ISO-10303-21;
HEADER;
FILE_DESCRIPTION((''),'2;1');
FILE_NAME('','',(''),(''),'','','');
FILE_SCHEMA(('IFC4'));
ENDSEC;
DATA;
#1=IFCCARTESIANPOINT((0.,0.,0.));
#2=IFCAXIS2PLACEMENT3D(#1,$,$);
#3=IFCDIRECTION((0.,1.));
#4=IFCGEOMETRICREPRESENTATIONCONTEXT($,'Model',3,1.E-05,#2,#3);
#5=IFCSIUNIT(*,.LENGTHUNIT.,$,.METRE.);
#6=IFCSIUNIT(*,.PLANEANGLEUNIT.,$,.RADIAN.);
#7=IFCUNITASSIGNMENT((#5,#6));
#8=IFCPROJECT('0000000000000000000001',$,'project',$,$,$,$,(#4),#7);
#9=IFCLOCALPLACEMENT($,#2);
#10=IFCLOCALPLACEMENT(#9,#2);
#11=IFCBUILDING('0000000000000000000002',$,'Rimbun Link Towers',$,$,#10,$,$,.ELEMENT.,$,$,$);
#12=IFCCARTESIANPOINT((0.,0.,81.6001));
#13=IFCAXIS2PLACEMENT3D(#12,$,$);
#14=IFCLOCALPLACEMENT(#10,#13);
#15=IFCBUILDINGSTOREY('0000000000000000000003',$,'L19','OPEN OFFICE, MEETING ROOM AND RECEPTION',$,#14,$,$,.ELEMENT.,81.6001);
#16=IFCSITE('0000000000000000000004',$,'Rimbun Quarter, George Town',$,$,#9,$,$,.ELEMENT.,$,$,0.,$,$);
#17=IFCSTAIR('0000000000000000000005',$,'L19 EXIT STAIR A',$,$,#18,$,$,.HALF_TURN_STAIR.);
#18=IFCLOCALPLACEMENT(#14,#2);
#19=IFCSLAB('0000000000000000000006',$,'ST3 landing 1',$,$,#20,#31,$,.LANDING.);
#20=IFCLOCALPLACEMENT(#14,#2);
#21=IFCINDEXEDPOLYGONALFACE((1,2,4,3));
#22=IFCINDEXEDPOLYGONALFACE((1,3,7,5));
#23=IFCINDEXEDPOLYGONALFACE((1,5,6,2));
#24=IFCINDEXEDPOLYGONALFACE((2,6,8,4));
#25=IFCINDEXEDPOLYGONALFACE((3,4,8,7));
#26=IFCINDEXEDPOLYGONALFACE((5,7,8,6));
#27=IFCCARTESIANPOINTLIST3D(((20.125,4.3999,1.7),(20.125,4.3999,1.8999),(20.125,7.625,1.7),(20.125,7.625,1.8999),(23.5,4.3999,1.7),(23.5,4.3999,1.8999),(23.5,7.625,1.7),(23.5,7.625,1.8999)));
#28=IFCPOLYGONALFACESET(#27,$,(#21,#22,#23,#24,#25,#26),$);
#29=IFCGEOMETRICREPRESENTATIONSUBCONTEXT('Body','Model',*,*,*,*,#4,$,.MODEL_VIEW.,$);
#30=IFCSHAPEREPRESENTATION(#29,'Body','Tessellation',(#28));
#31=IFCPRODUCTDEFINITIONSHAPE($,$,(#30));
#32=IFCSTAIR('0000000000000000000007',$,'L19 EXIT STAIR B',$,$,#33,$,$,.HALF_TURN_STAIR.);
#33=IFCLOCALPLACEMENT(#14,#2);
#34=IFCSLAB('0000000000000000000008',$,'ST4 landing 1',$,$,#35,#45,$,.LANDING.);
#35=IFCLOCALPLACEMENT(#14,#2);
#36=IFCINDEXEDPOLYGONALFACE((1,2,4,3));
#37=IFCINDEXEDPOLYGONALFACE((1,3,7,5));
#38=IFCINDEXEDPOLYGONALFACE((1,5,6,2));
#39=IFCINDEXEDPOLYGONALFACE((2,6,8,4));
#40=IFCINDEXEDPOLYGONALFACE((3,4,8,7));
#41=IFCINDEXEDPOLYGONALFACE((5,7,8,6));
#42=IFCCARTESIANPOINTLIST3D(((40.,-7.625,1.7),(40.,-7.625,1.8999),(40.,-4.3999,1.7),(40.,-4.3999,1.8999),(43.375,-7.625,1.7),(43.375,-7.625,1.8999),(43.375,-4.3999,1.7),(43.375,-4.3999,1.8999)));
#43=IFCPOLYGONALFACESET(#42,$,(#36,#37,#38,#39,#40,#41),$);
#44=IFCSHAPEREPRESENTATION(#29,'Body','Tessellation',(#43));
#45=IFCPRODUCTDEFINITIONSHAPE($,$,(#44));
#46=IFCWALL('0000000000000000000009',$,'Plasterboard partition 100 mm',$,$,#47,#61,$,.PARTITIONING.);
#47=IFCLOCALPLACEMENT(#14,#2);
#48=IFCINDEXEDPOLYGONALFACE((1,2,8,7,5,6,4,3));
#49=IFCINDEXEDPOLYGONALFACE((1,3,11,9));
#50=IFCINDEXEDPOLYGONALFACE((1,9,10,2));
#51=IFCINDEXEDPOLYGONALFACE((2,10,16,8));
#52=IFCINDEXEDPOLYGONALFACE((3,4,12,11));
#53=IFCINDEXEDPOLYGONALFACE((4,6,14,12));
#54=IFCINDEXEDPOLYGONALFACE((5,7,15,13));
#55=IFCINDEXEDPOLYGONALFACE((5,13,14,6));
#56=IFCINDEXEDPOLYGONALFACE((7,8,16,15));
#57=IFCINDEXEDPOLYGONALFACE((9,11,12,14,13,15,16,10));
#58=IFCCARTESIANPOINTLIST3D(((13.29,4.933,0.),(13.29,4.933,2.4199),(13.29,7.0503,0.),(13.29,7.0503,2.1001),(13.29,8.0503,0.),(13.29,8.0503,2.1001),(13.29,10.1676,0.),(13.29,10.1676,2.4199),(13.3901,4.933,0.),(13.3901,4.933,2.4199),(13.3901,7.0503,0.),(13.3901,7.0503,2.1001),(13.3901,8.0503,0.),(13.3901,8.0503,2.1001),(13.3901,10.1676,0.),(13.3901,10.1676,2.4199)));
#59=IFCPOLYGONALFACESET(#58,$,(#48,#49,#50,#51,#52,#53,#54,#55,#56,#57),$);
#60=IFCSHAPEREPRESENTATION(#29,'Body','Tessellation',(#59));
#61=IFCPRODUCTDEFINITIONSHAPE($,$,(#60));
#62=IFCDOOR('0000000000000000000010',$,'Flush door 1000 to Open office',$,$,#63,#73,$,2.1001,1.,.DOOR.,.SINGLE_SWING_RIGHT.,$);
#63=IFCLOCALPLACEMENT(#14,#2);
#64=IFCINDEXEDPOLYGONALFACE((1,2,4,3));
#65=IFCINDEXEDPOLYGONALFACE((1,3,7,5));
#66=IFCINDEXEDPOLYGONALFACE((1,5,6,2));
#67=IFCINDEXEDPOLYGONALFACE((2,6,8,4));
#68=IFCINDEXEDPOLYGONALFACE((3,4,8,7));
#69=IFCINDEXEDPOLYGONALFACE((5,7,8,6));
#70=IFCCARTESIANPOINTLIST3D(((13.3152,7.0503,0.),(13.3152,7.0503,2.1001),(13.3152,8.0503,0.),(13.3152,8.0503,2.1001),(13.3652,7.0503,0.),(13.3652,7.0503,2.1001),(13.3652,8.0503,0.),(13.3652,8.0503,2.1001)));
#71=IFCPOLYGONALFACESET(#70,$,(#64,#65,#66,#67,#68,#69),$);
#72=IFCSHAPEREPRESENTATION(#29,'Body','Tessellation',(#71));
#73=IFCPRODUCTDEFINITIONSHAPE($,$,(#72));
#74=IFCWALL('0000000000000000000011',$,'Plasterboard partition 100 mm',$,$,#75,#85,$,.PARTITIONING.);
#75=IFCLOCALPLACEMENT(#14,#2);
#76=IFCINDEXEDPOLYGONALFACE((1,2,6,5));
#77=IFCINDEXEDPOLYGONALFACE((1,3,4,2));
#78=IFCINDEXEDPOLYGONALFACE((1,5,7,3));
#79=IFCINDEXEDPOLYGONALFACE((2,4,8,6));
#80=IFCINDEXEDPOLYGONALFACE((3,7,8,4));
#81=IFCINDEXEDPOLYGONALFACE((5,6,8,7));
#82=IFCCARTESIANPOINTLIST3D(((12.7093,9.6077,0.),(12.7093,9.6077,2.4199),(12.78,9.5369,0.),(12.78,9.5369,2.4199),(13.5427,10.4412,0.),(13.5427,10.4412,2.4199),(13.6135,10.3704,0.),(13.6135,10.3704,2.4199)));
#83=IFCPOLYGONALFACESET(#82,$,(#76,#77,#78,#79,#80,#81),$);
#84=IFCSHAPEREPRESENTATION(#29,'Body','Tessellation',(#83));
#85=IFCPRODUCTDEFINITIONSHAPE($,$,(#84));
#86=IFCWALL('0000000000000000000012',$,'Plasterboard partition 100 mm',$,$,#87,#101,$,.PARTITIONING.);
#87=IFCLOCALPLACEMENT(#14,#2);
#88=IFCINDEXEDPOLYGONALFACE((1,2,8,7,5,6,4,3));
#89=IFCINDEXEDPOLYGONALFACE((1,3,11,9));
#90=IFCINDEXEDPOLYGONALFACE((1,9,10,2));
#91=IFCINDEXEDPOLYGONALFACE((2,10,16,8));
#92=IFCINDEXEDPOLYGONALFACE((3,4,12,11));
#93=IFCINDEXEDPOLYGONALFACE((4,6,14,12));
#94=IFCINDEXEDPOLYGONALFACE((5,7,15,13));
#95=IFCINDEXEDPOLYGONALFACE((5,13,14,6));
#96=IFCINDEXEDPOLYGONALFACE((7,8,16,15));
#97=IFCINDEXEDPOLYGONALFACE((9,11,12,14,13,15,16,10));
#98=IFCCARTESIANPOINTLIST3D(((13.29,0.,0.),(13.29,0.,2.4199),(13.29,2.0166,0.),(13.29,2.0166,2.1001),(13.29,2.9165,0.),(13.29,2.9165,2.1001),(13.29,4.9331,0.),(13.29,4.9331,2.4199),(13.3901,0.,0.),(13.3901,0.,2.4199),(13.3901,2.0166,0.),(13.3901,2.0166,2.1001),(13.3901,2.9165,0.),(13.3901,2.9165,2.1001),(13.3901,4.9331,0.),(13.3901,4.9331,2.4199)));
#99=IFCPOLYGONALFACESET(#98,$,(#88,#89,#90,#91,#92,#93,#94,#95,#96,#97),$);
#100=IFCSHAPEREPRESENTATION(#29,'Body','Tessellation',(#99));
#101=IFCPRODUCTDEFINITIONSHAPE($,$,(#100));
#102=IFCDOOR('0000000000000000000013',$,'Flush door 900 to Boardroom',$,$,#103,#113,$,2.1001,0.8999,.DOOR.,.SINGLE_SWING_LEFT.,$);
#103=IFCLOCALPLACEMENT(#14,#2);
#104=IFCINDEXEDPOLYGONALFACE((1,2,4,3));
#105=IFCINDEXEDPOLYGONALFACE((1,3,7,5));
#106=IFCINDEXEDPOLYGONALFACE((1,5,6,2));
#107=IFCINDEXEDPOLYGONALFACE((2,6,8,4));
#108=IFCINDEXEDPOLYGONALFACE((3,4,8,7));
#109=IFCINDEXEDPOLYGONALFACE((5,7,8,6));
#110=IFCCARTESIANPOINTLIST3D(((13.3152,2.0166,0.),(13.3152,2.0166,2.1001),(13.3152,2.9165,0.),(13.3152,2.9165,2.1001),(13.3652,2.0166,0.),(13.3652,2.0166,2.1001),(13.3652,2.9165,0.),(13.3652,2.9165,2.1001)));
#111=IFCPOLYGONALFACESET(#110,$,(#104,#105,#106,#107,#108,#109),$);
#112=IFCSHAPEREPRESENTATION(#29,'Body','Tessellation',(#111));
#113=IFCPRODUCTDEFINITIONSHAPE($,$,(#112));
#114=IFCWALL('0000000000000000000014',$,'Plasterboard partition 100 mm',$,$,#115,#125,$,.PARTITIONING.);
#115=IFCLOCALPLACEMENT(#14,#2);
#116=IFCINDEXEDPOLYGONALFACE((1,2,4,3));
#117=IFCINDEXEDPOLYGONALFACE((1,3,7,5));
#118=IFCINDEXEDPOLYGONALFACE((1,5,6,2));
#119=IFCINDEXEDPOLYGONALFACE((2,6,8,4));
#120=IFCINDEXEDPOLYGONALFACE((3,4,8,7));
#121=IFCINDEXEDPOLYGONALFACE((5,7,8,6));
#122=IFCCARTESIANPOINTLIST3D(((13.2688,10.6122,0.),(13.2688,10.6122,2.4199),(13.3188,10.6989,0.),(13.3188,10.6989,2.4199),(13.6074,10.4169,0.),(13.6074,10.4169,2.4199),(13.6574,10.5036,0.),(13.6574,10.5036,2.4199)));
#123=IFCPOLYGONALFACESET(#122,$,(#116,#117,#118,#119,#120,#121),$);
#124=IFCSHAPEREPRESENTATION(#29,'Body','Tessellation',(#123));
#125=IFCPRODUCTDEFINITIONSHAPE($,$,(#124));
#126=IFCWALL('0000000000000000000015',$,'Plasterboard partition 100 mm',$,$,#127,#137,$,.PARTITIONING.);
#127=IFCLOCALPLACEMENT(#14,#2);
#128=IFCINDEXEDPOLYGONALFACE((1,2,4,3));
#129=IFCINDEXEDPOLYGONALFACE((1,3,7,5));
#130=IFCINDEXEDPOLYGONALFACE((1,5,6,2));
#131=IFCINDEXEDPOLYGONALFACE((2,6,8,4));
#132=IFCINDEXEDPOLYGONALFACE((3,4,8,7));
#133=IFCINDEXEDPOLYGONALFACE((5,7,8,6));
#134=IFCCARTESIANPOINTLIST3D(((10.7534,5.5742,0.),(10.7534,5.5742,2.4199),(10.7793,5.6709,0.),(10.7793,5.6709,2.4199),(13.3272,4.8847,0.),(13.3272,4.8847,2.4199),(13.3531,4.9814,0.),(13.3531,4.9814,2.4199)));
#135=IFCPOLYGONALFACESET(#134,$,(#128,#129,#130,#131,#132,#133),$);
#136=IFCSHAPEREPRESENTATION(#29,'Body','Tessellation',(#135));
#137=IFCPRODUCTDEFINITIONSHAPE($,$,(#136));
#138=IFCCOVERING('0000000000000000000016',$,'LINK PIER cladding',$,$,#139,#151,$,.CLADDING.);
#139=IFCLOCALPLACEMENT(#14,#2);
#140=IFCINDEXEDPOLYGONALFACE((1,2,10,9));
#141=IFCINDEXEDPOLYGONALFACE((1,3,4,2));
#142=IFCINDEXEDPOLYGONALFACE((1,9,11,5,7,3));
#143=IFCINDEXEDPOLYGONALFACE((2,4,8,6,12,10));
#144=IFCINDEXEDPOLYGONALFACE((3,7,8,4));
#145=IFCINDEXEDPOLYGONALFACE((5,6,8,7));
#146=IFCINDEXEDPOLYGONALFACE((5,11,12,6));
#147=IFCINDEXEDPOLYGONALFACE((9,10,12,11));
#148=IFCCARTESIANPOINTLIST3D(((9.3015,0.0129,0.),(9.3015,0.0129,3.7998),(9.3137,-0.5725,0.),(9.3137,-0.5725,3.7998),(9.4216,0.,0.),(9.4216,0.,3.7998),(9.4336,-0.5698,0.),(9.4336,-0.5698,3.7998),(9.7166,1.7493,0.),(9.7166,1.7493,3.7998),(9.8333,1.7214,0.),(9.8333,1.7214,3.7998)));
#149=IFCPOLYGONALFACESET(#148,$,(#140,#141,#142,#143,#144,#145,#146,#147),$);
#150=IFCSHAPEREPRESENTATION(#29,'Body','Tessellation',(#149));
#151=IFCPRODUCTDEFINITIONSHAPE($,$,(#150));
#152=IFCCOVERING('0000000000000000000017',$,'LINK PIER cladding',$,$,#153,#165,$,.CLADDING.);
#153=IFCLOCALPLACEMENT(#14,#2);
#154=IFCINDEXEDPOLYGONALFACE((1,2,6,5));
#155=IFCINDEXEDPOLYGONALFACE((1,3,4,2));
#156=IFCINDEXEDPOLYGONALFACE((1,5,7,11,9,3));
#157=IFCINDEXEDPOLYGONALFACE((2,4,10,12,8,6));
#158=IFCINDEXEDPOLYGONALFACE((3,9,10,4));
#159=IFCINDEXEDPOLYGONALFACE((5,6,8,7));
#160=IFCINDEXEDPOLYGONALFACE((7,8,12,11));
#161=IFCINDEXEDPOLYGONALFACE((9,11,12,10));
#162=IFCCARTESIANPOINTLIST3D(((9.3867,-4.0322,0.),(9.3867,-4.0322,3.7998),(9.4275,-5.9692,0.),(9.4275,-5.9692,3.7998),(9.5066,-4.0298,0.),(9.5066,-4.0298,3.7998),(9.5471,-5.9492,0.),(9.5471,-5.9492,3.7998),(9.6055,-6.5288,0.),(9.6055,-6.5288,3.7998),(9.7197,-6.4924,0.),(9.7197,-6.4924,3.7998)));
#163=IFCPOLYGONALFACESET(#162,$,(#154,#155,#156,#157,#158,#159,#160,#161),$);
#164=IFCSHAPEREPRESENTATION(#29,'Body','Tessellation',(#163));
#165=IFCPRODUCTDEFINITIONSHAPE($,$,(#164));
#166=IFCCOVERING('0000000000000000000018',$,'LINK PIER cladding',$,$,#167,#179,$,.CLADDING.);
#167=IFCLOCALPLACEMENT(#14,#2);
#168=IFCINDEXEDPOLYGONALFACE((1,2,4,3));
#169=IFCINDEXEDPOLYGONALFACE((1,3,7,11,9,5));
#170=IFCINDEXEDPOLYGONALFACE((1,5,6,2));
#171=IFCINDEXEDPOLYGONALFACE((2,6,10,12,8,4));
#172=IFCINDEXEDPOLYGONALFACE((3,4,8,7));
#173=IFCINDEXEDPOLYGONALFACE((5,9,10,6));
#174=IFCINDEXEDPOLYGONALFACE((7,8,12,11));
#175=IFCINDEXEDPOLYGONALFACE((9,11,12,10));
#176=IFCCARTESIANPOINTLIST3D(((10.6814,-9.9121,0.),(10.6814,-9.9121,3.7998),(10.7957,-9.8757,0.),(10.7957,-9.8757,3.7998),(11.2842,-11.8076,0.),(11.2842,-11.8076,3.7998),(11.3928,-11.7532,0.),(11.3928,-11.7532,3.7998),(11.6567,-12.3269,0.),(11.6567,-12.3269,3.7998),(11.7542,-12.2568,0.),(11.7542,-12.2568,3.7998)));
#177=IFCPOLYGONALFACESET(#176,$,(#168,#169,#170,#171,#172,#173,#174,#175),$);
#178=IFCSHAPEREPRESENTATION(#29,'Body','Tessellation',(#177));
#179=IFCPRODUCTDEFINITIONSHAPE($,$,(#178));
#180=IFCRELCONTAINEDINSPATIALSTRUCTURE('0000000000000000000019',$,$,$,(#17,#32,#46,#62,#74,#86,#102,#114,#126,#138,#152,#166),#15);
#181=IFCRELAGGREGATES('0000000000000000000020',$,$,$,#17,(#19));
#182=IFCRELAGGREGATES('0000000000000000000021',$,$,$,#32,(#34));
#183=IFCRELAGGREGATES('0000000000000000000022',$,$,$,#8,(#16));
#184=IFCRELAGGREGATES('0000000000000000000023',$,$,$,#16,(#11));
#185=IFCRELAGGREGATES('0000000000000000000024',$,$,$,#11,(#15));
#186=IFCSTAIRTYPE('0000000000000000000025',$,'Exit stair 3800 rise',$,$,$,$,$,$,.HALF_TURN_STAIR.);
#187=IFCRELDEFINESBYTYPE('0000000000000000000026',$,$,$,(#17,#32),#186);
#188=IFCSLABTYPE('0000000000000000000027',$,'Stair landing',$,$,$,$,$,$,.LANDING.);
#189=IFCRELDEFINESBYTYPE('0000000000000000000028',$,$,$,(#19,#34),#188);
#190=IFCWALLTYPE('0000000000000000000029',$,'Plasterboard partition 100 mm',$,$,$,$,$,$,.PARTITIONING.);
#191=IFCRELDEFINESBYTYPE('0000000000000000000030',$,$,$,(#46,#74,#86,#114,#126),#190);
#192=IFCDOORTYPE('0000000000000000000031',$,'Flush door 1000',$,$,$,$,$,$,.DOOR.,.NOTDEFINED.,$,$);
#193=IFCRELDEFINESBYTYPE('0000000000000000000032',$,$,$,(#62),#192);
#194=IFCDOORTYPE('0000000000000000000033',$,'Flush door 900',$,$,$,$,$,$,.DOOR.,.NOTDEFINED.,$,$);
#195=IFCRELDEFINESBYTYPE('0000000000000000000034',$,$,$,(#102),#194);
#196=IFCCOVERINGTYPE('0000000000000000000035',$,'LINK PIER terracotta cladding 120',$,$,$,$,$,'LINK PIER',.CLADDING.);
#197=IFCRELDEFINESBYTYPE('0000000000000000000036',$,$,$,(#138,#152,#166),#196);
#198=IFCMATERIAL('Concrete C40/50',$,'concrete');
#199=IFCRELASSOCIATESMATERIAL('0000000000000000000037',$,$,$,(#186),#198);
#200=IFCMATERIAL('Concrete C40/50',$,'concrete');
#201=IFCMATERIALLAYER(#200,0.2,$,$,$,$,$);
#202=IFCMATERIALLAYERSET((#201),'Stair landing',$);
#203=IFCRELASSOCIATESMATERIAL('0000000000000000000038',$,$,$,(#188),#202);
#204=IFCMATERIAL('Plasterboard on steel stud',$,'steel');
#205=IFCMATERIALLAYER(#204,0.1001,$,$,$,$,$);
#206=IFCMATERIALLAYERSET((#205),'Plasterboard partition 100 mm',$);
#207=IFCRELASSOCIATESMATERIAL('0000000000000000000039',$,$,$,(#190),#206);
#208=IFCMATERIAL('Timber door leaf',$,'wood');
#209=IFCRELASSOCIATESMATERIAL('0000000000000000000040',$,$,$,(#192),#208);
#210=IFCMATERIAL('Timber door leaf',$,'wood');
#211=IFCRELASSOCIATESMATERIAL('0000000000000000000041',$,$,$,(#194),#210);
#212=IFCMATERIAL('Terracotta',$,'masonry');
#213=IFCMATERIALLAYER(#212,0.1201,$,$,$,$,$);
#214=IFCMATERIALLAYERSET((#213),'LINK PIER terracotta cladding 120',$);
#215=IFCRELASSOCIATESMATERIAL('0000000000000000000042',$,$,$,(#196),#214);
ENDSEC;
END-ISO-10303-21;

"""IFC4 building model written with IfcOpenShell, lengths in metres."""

from ifc_helpers import new_model, si_unit, direction, frame, frame_2d, origin, place, context, subcontext, project, spatial, polyline, rectangle, outline, extrude, material, layer, layer_set, type_object, element, fill, aggregate, save


model = new_model("IFC4")

# Units and contexts
model_context = context("Model", 3, precision=1e-05, world=origin(), true_north=direction((0.0, 1.0)))
body_context = subcontext(model_context, "Body", "Model", "MODEL_VIEW")
ifc_project = project(units=[si_unit("LENGTHUNIT", "METRE"), si_unit("PLANEANGLEUNIT", "RADIAN")], contexts=[model_context])

# Site, building, storey
site_placement = place(None, origin())
site = spatial("IfcSite", under=ifc_project, at=site_placement, Name="Rimbun Quarter, George Town", CompositionType="ELEMENT", RefElevation=0.0)
building_placement = place(site_placement, origin())
building = spatial("IfcBuilding", under=site, at=building_placement, Name="Rimbun Link Towers", CompositionType="ELEMENT")
storey_placement = place(building_placement, frame((0.0, 0.0, 81.6001)))
storey = spatial("IfcBuildingStorey", under=building, at=storey_placement, Name="L19", Description="OPEN OFFICE, MEETING ROOM AND RECEPTION", CompositionType="ELEMENT", Elevation=81.6001)

# Stairs, slabs
ifc_material_1 = material(Name="Concrete C40/50", Category="concrete")
stair_type = type_object("IfcStairType", Name="Exit stair 3800 rise", PredefinedType="HALF_TURN_STAIR", material=ifc_material_1)
ifc_material_2 = material(Name="Concrete C40/50", Category="concrete")
ifc_layer_1 = layer(ifc_material_2, 0.2)
ifc_layer_set_1 = layer_set([ifc_layer_1], Name="Stair landing")
slab_type = type_object("IfcSlabType", Name="Stair landing", PredefinedType="LANDING", material=ifc_layer_set_1)
stair_1_placement = place(storey_placement, origin())
stair_1 = element("IfcStair", 1, at=stair_1_placement, inside=storey, type_object=stair_type, Name="L19 EXIT STAIR A", PredefinedType="HALF_TURN_STAIR")
slab_1_placement = place(storey_placement, frame((0.0, 0.0, 1.7)))
slab_1 = element("IfcSlab", 2, at=slab_1_placement, type_object=slab_type, Name="ST3 landing 1", PredefinedType="LANDING", context=body_context, shape_type="SweptSolid", body=[
    extrude(outline(polyline([(23.5, 7.625), (20.125, 7.625), (20.125, 4.3999), (23.5, 4.3999), (23.5, 7.625)])), origin(), (0.0, 0.0, 1.0), 0.2),
])
aggregate(stair_1, [slab_1])
stair_2_placement = place(storey_placement, origin())
stair_2 = element("IfcStair", 3, at=stair_2_placement, inside=storey, type_object=stair_type, Name="L19 EXIT STAIR B", PredefinedType="HALF_TURN_STAIR")
slab_2_placement = place(storey_placement, frame((0.0, 0.0, 1.7)))
slab_2 = element("IfcSlab", 4, at=slab_2_placement, type_object=slab_type, Name="ST4 landing 1", PredefinedType="LANDING", context=body_context, shape_type="SweptSolid", body=[
    extrude(outline(polyline([(40.0, -7.625), (43.375, -7.625), (43.375, -4.3999), (40.0, -4.3999), (40.0, -7.625)])), origin(), (0.0, 0.0, 1.0), 0.2),
])
aggregate(stair_2, [slab_2])

# Wall, opening, door
ifc_material_3 = material(Name="Plasterboard on steel stud", Category="steel")
ifc_layer_2 = layer(ifc_material_3, 0.1001)
ifc_layer_set_2 = layer_set([ifc_layer_2], Name="Plasterboard partition 100 mm")
wall_type = type_object("IfcWallType", Name="Plasterboard partition 100 mm", PredefinedType="PARTITIONING", material=ifc_layer_set_2)
wall_1_placement = place(storey_placement, frame((13.3401, 4.9331, 0.0), z_axis=(0.0, 0.0, 1.0), x_axis=(0.0, 1.0, 0.0)))
wall_1 = element("IfcWall", 5, at=wall_1_placement, inside=storey, type_object=wall_type, Name="Plasterboard partition 100 mm", PredefinedType="PARTITIONING", context=body_context, shape_type="SweptSolid", body=[
    extrude(rectangle(XDim=5.2346, YDim=0.1001, at=frame_2d((2.6172, 0.0))), origin(), (0.0, 0.0, 1.0), 2.4199),
])
opening_1_placement = place(wall_1_placement, frame((2.1172, 0.0, 0.0)))
opening_1 = element("IfcOpeningElement", 6, at=opening_1_placement, cuts=wall_1, PredefinedType="OPENING", context=body_context, shape_type="SweptSolid", body=[
    extrude(rectangle(XDim=1.0, YDim=2.1001, at=frame_2d((0.5, 1.05))), frame((0.0, 0.0601, 0.0), z_axis=(0.0, -1.0, 0.0), x_axis=(1.0, 0.0, 0.0)), (0.0, 0.0, 1.0), 0.1201),
])
ifc_material_4 = material(Name="Timber door leaf", Category="wood")
door_type_1 = type_object("IfcDoorType", Name="Flush door 1000", OperationType="NOTDEFINED", PredefinedType="DOOR", material=ifc_material_4)
door_1_placement = place(opening_1_placement, origin())
door_1 = element("IfcDoor", 7, at=door_1_placement, inside=storey, type_object=door_type_1, Name="Flush door 1000 to Open office", OperationType="SINGLE_SWING_RIGHT", OverallHeight=2.1001, OverallWidth=1.0, PredefinedType="DOOR", context=body_context, shape_type="SweptSolid", body=[
    extrude(rectangle(XDim=1.0, YDim=2.1001, at=frame_2d((0.5, 1.05))), frame((0.0, 0.0249, 0.0), z_axis=(0.0, -1.0, 0.0), x_axis=(1.0, 0.0, 0.0)), (0.0, 0.0, 1.0), 0.05),
])
fill(opening_1, door_1)

# Wall
wall_2_placement = place(storey_placement, frame((13.5781, 10.4058, 0.0), z_axis=(0.0, 0.0, 1.0), x_axis=(-0.707107, -0.707107, 0.0)))
element("IfcWall", 8, at=wall_2_placement, inside=storey, type_object=wall_type, Name="Plasterboard partition 100 mm", PredefinedType="PARTITIONING", context=body_context, shape_type="SweptSolid", body=[
    extrude(rectangle(XDim=1.1787, YDim=0.1001, at=frame_2d((0.5894, 0.0))), origin(), (0.0, 0.0, 1.0), 2.4199),
])

# Wall, opening, door
wall_3_placement = place(storey_placement, frame((13.3401, 0.0, 0.0), z_axis=(0.0, 0.0, 1.0), x_axis=(0.0, 1.0, 0.0)))
wall_3 = element("IfcWall", 9, at=wall_3_placement, inside=storey, type_object=wall_type, Name="Plasterboard partition 100 mm", PredefinedType="PARTITIONING", context=body_context, shape_type="SweptSolid", body=[
    extrude(rectangle(XDim=4.9331, YDim=0.1001, at=frame_2d((2.4666, 0.0))), origin(), (0.0, 0.0, 1.0), 2.4199),
])
opening_2_placement = place(wall_3_placement, frame((2.0166, 0.0, 0.0)))
opening_2 = element("IfcOpeningElement", 10, at=opening_2_placement, cuts=wall_3, PredefinedType="OPENING", context=body_context, shape_type="SweptSolid", body=[
    extrude(rectangle(XDim=0.8999, YDim=2.1001, at=frame_2d((0.45, 1.05))), frame((0.0, 0.0601, 0.0), z_axis=(0.0, -1.0, 0.0), x_axis=(1.0, 0.0, 0.0)), (0.0, 0.0, 1.0), 0.1201),
])
ifc_material_5 = material(Name="Timber door leaf", Category="wood")
door_type_2 = type_object("IfcDoorType", Name="Flush door 900", OperationType="NOTDEFINED", PredefinedType="DOOR", material=ifc_material_5)
door_2_placement = place(opening_2_placement, origin())
door_2 = element("IfcDoor", 11, at=door_2_placement, inside=storey, type_object=door_type_2, Name="Flush door 900 to Boardroom", OperationType="SINGLE_SWING_LEFT", OverallHeight=2.1001, OverallWidth=0.8999, PredefinedType="DOOR", context=body_context, shape_type="SweptSolid", body=[
    extrude(rectangle(XDim=0.8999, YDim=2.1001, at=frame_2d((0.45, 1.05))), frame((0.0, 0.0249, 0.0), z_axis=(0.0, -1.0, 0.0), x_axis=(1.0, 0.0, 0.0)), (0.0, 0.0, 1.0), 0.05),
])
fill(opening_2, door_2)

# Walls
wall_4_placement = place(storey_placement, frame((13.2939, 10.6555, 0.0), z_axis=(0.0, 0.0, 1.0), x_axis=(0.866238, -0.499632, 0.0)))
element("IfcWall", 12, at=wall_4_placement, inside=storey, type_object=wall_type, Name="Plasterboard partition 100 mm", PredefinedType="PARTITIONING", context=body_context, shape_type="SweptSolid", body=[
    extrude(rectangle(XDim=0.3909, YDim=0.1001, at=frame_2d((0.1953, 0.0))), origin(), (0.0, 0.0, 1.0), 2.4199),
])
wall_5_placement = place(storey_placement, frame((10.7664, 5.6226, 0.0), z_axis=(0.0, 0.0, 1.0), x_axis=(0.965942, -0.258757, 0.0)))
element("IfcWall", 13, at=wall_5_placement, inside=storey, type_object=wall_type, Name="Plasterboard partition 100 mm", PredefinedType="PARTITIONING", context=body_context, shape_type="SweptSolid", body=[
    extrude(rectangle(XDim=2.6646, YDim=0.1001, at=frame_2d((1.3323, 0.0))), origin(), (0.0, 0.0, 1.0), 2.4199),
])

# Coverings
ifc_material_6 = material(Name="Terracotta", Category="masonry")
ifc_layer_3 = layer(ifc_material_6, 0.1201)
ifc_layer_set_3 = layer_set([ifc_layer_3], Name="LINK PIER terracotta cladding 120")
covering_type_1 = type_object("IfcCoveringType", Name="LINK PIER terracotta cladding 120", ElementType="LINK PIER", PredefinedType="CLADDING", material=ifc_layer_set_3)
covering_1_placement = place(storey_placement, origin())
element("IfcCovering", 14, at=covering_1_placement, inside=storey, type_object=covering_type_1, Name="LINK PIER cladding", PredefinedType="CLADDING", context=body_context, shape_type="SweptSolid", body=[
    extrude(outline(polyline([(9.4336, -0.5698), (9.4216, 0.0), (9.8333, 1.7214), (9.7166, 1.7493), (9.3015, 0.0129), (9.3137, -0.5725), (9.4336, -0.5698)])), origin(), (0.0, 0.0, 1.0), 3.7998),
])
covering_2_placement = place(storey_placement, origin())
element("IfcCovering", 15, at=covering_2_placement, inside=storey, type_object=covering_type_1, Name="LINK PIER cladding", PredefinedType="CLADDING", context=body_context, shape_type="SweptSolid", body=[
    extrude(outline(polyline([(9.7197, -6.4924), (9.5471, -5.9492), (9.5066, -4.0298), (9.3867, -4.0322), (9.4275, -5.9692), (9.6055, -6.5288), (9.7197, -6.4924)])), origin(), (0.0, 0.0, 1.0), 3.7998),
])
covering_3_placement = place(storey_placement, origin())
element("IfcCovering", 16, at=covering_3_placement, inside=storey, type_object=covering_type_1, Name="LINK PIER cladding", PredefinedType="CLADDING", context=body_context, shape_type="SweptSolid", body=[
    extrude(outline(polyline([(11.7542, -12.2568), (11.3928, -11.7532), (10.7957, -9.8757), (10.6814, -9.9121), (11.2842, -11.8076), (11.6567, -12.3269), (11.7542, -12.2568)])), origin(), (0.0, 0.0, 1.0), 3.7998),
])

save(model, "model.ifc")
